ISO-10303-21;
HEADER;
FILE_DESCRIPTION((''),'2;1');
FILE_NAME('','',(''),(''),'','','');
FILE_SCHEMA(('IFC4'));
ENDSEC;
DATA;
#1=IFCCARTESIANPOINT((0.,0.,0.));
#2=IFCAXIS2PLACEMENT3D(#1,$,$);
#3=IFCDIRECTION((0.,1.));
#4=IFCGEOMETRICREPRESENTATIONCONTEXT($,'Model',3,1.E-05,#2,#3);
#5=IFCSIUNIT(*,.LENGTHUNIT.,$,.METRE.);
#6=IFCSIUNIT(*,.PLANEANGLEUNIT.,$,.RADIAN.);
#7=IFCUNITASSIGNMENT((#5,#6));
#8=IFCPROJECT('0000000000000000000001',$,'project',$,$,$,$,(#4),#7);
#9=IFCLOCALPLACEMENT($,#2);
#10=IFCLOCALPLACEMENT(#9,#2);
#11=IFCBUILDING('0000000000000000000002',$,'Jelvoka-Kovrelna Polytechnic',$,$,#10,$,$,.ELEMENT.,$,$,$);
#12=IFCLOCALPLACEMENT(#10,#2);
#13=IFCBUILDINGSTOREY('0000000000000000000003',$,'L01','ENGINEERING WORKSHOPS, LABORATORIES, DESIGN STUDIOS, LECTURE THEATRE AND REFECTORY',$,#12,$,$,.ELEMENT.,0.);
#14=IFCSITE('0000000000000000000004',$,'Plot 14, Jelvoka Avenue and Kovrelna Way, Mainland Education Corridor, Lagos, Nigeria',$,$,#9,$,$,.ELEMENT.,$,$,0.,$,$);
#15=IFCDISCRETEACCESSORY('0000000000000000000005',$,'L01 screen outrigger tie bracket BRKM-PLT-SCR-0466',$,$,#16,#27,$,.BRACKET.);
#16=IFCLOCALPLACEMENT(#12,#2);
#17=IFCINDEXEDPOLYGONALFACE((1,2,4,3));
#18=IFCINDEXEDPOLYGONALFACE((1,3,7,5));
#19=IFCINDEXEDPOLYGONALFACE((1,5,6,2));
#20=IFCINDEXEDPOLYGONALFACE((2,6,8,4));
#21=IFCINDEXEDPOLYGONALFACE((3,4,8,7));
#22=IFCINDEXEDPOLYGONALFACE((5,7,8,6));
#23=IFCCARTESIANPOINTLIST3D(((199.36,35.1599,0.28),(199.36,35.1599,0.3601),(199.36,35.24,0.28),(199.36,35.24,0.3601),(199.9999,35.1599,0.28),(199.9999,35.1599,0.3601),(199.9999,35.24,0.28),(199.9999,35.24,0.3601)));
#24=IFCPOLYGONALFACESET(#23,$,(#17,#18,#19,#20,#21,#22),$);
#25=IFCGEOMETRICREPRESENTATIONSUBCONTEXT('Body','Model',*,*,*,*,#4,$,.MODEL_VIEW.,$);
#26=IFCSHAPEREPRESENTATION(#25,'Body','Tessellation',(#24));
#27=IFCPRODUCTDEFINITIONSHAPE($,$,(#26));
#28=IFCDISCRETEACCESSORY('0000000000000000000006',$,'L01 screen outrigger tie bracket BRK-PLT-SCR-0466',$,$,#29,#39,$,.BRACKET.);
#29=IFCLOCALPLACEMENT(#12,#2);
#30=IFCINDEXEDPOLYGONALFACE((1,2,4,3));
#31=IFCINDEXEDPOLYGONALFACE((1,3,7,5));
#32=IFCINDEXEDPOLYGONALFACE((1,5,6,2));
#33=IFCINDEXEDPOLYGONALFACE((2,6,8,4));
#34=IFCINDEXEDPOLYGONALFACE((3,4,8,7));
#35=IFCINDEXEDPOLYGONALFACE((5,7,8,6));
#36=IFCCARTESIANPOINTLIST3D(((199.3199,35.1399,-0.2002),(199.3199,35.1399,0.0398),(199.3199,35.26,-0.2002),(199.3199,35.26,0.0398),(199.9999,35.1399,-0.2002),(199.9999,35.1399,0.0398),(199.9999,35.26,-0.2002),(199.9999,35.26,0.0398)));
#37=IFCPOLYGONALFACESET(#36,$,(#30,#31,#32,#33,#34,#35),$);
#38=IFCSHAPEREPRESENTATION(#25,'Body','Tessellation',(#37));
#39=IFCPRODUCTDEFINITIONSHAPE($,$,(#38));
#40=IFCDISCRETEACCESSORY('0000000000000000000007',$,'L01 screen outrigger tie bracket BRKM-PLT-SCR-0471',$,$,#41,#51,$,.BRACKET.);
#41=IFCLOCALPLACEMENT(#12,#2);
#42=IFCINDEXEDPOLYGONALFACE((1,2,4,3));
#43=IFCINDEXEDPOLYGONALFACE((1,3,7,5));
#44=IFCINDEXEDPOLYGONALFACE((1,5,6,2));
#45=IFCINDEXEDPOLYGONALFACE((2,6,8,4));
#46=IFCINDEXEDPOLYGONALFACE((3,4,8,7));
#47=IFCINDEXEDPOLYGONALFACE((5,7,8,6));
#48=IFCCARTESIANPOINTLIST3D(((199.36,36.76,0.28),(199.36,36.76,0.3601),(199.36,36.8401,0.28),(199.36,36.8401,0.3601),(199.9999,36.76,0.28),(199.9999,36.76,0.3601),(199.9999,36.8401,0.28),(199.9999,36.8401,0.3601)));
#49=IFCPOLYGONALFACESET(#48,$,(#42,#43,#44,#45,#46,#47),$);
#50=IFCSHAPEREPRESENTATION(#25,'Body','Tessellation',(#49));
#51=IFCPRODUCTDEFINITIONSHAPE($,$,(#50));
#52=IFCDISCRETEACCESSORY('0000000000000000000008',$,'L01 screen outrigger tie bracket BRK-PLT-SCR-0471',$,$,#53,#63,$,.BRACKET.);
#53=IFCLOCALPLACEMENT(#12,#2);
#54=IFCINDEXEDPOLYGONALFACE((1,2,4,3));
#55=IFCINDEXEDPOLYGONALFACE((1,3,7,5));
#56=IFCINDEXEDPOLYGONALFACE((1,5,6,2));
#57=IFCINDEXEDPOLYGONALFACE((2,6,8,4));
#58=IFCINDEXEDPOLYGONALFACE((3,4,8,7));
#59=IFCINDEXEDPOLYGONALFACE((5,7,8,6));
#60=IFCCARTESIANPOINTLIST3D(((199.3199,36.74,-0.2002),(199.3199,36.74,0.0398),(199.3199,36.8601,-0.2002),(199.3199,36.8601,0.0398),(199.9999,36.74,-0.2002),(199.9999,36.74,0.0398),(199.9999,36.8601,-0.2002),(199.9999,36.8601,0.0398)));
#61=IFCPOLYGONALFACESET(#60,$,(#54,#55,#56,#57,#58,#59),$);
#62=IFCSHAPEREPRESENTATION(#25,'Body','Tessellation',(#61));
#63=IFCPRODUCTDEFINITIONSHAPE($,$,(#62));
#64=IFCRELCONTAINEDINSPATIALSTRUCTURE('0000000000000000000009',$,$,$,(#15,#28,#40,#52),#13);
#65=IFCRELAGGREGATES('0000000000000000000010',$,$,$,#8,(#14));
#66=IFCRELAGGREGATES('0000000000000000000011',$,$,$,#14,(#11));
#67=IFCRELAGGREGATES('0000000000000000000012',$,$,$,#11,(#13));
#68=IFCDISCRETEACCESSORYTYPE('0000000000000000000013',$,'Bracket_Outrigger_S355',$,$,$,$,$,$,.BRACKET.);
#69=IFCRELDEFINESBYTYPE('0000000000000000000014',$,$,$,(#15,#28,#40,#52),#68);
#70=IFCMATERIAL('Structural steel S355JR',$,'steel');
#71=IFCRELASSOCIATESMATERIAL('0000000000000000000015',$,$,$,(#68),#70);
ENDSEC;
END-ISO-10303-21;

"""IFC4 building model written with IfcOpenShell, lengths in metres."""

from ifc_helpers import new_model, si_unit, direction, frame, origin, origin_2d, place, context, subcontext, project, spatial, rectangle, extrude, material, type_object, element, save


model = new_model("IFC4")

# Units and contexts
model_context = context("Model", 3, precision=1e-05, world=origin(), true_north=direction((0.0, 1.0)))
body_context = subcontext(model_context, "Body", "Model", "MODEL_VIEW")
ifc_project = project(units=[si_unit("LENGTHUNIT", "METRE"), si_unit("PLANEANGLEUNIT", "RADIAN")], contexts=[model_context])

# Site, building, storey
site_placement = place(None, origin())
site = spatial("IfcSite", under=ifc_project, at=site_placement, Name="Plot 14, Jelvoka Avenue and Kovrelna Way, Mainland Education Corridor, Lagos, Nigeria", CompositionType="ELEMENT", RefElevation=0.0)
building_placement = place(site_placement, origin())
building = spatial("IfcBuilding", under=site, at=building_placement, Name="Jelvoka-Kovrelna Polytechnic", CompositionType="ELEMENT")
storey_placement = place(building_placement, origin())
storey = spatial("IfcBuildingStorey", under=building, at=storey_placement, Name="L01", Description="ENGINEERING WORKSHOPS, LABORATORIES, DESIGN STUDIOS, LECTURE THEATRE AND REFECTORY", CompositionType="ELEMENT", Elevation=0.0)

# Discrete accessories
ifc_material_1 = material(Name="Structural steel S355JR", Category="steel")
discrete_accessory_type = type_object("IfcDiscreteAccessoryType", Name="Bracket_Outrigger_S355", PredefinedType="BRACKET", material=ifc_material_1)
for number, where, z_axis, x_axis, name in (
    (1, (199.6799, 35.2, 0.28), (0.0, 0.0, 1.0), (1.0, 0.0, 0.0), "L01 screen outrigger tie bracket BRKM-PLT-SCR-0466"),
):
    element("IfcDiscreteAccessory", number, at=place(storey_placement, frame(where, z_axis=z_axis, x_axis=x_axis)), inside=storey, type_object=discrete_accessory_type, Name=name, PredefinedType="BRACKET", context=body_context, shape_type="SweptSolid", body=[
        extrude(rectangle(XDim=0.6399, YDim=0.0801, at=origin_2d()), origin(), (0.0, 0.0, 1.0), 0.0801),
    ])
discrete_accessory_1_placement = place(storey_placement, frame((199.6599, 35.2, -0.2002), z_axis=(0.0, 0.0, 1.0), x_axis=(1.0, 0.0, 0.0)))
element("IfcDiscreteAccessory", 2, at=discrete_accessory_1_placement, inside=storey, type_object=discrete_accessory_type, Name="L01 screen outrigger tie bracket BRK-PLT-SCR-0466", PredefinedType="BRACKET", context=body_context, shape_type="SweptSolid", body=[
    extrude(rectangle(XDim=0.6799, YDim=0.1201, at=origin_2d()), origin(), (0.0, 0.0, 1.0), 0.24),
])
discrete_accessory_2_placement = place(storey_placement, frame((199.6799, 36.8, 0.28), z_axis=(0.0, 0.0, 1.0), x_axis=(1.0, 0.0, 0.0)))
element("IfcDiscreteAccessory", 3, at=discrete_accessory_2_placement, inside=storey, type_object=discrete_accessory_type, Name="L01 screen outrigger tie bracket BRKM-PLT-SCR-0471", PredefinedType="BRACKET", context=body_context, shape_type="SweptSolid", body=[
    extrude(rectangle(XDim=0.6399, YDim=0.0801, at=origin_2d()), origin(), (0.0, 0.0, 1.0), 0.0801),
])
discrete_accessory_3_placement = place(storey_placement, frame((199.6599, 36.8, -0.2002), z_axis=(0.0, 0.0, 1.0), x_axis=(1.0, 0.0, 0.0)))
element("IfcDiscreteAccessory", 4, at=discrete_accessory_3_placement, inside=storey, type_object=discrete_accessory_type, Name="L01 screen outrigger tie bracket BRK-PLT-SCR-0471", PredefinedType="BRACKET", context=body_context, shape_type="SweptSolid", body=[
    extrude(rectangle(XDim=0.6799, YDim=0.1201, at=origin_2d()), origin(), (0.0, 0.0, 1.0), 0.24),
])

save(model, "model.ifc")
